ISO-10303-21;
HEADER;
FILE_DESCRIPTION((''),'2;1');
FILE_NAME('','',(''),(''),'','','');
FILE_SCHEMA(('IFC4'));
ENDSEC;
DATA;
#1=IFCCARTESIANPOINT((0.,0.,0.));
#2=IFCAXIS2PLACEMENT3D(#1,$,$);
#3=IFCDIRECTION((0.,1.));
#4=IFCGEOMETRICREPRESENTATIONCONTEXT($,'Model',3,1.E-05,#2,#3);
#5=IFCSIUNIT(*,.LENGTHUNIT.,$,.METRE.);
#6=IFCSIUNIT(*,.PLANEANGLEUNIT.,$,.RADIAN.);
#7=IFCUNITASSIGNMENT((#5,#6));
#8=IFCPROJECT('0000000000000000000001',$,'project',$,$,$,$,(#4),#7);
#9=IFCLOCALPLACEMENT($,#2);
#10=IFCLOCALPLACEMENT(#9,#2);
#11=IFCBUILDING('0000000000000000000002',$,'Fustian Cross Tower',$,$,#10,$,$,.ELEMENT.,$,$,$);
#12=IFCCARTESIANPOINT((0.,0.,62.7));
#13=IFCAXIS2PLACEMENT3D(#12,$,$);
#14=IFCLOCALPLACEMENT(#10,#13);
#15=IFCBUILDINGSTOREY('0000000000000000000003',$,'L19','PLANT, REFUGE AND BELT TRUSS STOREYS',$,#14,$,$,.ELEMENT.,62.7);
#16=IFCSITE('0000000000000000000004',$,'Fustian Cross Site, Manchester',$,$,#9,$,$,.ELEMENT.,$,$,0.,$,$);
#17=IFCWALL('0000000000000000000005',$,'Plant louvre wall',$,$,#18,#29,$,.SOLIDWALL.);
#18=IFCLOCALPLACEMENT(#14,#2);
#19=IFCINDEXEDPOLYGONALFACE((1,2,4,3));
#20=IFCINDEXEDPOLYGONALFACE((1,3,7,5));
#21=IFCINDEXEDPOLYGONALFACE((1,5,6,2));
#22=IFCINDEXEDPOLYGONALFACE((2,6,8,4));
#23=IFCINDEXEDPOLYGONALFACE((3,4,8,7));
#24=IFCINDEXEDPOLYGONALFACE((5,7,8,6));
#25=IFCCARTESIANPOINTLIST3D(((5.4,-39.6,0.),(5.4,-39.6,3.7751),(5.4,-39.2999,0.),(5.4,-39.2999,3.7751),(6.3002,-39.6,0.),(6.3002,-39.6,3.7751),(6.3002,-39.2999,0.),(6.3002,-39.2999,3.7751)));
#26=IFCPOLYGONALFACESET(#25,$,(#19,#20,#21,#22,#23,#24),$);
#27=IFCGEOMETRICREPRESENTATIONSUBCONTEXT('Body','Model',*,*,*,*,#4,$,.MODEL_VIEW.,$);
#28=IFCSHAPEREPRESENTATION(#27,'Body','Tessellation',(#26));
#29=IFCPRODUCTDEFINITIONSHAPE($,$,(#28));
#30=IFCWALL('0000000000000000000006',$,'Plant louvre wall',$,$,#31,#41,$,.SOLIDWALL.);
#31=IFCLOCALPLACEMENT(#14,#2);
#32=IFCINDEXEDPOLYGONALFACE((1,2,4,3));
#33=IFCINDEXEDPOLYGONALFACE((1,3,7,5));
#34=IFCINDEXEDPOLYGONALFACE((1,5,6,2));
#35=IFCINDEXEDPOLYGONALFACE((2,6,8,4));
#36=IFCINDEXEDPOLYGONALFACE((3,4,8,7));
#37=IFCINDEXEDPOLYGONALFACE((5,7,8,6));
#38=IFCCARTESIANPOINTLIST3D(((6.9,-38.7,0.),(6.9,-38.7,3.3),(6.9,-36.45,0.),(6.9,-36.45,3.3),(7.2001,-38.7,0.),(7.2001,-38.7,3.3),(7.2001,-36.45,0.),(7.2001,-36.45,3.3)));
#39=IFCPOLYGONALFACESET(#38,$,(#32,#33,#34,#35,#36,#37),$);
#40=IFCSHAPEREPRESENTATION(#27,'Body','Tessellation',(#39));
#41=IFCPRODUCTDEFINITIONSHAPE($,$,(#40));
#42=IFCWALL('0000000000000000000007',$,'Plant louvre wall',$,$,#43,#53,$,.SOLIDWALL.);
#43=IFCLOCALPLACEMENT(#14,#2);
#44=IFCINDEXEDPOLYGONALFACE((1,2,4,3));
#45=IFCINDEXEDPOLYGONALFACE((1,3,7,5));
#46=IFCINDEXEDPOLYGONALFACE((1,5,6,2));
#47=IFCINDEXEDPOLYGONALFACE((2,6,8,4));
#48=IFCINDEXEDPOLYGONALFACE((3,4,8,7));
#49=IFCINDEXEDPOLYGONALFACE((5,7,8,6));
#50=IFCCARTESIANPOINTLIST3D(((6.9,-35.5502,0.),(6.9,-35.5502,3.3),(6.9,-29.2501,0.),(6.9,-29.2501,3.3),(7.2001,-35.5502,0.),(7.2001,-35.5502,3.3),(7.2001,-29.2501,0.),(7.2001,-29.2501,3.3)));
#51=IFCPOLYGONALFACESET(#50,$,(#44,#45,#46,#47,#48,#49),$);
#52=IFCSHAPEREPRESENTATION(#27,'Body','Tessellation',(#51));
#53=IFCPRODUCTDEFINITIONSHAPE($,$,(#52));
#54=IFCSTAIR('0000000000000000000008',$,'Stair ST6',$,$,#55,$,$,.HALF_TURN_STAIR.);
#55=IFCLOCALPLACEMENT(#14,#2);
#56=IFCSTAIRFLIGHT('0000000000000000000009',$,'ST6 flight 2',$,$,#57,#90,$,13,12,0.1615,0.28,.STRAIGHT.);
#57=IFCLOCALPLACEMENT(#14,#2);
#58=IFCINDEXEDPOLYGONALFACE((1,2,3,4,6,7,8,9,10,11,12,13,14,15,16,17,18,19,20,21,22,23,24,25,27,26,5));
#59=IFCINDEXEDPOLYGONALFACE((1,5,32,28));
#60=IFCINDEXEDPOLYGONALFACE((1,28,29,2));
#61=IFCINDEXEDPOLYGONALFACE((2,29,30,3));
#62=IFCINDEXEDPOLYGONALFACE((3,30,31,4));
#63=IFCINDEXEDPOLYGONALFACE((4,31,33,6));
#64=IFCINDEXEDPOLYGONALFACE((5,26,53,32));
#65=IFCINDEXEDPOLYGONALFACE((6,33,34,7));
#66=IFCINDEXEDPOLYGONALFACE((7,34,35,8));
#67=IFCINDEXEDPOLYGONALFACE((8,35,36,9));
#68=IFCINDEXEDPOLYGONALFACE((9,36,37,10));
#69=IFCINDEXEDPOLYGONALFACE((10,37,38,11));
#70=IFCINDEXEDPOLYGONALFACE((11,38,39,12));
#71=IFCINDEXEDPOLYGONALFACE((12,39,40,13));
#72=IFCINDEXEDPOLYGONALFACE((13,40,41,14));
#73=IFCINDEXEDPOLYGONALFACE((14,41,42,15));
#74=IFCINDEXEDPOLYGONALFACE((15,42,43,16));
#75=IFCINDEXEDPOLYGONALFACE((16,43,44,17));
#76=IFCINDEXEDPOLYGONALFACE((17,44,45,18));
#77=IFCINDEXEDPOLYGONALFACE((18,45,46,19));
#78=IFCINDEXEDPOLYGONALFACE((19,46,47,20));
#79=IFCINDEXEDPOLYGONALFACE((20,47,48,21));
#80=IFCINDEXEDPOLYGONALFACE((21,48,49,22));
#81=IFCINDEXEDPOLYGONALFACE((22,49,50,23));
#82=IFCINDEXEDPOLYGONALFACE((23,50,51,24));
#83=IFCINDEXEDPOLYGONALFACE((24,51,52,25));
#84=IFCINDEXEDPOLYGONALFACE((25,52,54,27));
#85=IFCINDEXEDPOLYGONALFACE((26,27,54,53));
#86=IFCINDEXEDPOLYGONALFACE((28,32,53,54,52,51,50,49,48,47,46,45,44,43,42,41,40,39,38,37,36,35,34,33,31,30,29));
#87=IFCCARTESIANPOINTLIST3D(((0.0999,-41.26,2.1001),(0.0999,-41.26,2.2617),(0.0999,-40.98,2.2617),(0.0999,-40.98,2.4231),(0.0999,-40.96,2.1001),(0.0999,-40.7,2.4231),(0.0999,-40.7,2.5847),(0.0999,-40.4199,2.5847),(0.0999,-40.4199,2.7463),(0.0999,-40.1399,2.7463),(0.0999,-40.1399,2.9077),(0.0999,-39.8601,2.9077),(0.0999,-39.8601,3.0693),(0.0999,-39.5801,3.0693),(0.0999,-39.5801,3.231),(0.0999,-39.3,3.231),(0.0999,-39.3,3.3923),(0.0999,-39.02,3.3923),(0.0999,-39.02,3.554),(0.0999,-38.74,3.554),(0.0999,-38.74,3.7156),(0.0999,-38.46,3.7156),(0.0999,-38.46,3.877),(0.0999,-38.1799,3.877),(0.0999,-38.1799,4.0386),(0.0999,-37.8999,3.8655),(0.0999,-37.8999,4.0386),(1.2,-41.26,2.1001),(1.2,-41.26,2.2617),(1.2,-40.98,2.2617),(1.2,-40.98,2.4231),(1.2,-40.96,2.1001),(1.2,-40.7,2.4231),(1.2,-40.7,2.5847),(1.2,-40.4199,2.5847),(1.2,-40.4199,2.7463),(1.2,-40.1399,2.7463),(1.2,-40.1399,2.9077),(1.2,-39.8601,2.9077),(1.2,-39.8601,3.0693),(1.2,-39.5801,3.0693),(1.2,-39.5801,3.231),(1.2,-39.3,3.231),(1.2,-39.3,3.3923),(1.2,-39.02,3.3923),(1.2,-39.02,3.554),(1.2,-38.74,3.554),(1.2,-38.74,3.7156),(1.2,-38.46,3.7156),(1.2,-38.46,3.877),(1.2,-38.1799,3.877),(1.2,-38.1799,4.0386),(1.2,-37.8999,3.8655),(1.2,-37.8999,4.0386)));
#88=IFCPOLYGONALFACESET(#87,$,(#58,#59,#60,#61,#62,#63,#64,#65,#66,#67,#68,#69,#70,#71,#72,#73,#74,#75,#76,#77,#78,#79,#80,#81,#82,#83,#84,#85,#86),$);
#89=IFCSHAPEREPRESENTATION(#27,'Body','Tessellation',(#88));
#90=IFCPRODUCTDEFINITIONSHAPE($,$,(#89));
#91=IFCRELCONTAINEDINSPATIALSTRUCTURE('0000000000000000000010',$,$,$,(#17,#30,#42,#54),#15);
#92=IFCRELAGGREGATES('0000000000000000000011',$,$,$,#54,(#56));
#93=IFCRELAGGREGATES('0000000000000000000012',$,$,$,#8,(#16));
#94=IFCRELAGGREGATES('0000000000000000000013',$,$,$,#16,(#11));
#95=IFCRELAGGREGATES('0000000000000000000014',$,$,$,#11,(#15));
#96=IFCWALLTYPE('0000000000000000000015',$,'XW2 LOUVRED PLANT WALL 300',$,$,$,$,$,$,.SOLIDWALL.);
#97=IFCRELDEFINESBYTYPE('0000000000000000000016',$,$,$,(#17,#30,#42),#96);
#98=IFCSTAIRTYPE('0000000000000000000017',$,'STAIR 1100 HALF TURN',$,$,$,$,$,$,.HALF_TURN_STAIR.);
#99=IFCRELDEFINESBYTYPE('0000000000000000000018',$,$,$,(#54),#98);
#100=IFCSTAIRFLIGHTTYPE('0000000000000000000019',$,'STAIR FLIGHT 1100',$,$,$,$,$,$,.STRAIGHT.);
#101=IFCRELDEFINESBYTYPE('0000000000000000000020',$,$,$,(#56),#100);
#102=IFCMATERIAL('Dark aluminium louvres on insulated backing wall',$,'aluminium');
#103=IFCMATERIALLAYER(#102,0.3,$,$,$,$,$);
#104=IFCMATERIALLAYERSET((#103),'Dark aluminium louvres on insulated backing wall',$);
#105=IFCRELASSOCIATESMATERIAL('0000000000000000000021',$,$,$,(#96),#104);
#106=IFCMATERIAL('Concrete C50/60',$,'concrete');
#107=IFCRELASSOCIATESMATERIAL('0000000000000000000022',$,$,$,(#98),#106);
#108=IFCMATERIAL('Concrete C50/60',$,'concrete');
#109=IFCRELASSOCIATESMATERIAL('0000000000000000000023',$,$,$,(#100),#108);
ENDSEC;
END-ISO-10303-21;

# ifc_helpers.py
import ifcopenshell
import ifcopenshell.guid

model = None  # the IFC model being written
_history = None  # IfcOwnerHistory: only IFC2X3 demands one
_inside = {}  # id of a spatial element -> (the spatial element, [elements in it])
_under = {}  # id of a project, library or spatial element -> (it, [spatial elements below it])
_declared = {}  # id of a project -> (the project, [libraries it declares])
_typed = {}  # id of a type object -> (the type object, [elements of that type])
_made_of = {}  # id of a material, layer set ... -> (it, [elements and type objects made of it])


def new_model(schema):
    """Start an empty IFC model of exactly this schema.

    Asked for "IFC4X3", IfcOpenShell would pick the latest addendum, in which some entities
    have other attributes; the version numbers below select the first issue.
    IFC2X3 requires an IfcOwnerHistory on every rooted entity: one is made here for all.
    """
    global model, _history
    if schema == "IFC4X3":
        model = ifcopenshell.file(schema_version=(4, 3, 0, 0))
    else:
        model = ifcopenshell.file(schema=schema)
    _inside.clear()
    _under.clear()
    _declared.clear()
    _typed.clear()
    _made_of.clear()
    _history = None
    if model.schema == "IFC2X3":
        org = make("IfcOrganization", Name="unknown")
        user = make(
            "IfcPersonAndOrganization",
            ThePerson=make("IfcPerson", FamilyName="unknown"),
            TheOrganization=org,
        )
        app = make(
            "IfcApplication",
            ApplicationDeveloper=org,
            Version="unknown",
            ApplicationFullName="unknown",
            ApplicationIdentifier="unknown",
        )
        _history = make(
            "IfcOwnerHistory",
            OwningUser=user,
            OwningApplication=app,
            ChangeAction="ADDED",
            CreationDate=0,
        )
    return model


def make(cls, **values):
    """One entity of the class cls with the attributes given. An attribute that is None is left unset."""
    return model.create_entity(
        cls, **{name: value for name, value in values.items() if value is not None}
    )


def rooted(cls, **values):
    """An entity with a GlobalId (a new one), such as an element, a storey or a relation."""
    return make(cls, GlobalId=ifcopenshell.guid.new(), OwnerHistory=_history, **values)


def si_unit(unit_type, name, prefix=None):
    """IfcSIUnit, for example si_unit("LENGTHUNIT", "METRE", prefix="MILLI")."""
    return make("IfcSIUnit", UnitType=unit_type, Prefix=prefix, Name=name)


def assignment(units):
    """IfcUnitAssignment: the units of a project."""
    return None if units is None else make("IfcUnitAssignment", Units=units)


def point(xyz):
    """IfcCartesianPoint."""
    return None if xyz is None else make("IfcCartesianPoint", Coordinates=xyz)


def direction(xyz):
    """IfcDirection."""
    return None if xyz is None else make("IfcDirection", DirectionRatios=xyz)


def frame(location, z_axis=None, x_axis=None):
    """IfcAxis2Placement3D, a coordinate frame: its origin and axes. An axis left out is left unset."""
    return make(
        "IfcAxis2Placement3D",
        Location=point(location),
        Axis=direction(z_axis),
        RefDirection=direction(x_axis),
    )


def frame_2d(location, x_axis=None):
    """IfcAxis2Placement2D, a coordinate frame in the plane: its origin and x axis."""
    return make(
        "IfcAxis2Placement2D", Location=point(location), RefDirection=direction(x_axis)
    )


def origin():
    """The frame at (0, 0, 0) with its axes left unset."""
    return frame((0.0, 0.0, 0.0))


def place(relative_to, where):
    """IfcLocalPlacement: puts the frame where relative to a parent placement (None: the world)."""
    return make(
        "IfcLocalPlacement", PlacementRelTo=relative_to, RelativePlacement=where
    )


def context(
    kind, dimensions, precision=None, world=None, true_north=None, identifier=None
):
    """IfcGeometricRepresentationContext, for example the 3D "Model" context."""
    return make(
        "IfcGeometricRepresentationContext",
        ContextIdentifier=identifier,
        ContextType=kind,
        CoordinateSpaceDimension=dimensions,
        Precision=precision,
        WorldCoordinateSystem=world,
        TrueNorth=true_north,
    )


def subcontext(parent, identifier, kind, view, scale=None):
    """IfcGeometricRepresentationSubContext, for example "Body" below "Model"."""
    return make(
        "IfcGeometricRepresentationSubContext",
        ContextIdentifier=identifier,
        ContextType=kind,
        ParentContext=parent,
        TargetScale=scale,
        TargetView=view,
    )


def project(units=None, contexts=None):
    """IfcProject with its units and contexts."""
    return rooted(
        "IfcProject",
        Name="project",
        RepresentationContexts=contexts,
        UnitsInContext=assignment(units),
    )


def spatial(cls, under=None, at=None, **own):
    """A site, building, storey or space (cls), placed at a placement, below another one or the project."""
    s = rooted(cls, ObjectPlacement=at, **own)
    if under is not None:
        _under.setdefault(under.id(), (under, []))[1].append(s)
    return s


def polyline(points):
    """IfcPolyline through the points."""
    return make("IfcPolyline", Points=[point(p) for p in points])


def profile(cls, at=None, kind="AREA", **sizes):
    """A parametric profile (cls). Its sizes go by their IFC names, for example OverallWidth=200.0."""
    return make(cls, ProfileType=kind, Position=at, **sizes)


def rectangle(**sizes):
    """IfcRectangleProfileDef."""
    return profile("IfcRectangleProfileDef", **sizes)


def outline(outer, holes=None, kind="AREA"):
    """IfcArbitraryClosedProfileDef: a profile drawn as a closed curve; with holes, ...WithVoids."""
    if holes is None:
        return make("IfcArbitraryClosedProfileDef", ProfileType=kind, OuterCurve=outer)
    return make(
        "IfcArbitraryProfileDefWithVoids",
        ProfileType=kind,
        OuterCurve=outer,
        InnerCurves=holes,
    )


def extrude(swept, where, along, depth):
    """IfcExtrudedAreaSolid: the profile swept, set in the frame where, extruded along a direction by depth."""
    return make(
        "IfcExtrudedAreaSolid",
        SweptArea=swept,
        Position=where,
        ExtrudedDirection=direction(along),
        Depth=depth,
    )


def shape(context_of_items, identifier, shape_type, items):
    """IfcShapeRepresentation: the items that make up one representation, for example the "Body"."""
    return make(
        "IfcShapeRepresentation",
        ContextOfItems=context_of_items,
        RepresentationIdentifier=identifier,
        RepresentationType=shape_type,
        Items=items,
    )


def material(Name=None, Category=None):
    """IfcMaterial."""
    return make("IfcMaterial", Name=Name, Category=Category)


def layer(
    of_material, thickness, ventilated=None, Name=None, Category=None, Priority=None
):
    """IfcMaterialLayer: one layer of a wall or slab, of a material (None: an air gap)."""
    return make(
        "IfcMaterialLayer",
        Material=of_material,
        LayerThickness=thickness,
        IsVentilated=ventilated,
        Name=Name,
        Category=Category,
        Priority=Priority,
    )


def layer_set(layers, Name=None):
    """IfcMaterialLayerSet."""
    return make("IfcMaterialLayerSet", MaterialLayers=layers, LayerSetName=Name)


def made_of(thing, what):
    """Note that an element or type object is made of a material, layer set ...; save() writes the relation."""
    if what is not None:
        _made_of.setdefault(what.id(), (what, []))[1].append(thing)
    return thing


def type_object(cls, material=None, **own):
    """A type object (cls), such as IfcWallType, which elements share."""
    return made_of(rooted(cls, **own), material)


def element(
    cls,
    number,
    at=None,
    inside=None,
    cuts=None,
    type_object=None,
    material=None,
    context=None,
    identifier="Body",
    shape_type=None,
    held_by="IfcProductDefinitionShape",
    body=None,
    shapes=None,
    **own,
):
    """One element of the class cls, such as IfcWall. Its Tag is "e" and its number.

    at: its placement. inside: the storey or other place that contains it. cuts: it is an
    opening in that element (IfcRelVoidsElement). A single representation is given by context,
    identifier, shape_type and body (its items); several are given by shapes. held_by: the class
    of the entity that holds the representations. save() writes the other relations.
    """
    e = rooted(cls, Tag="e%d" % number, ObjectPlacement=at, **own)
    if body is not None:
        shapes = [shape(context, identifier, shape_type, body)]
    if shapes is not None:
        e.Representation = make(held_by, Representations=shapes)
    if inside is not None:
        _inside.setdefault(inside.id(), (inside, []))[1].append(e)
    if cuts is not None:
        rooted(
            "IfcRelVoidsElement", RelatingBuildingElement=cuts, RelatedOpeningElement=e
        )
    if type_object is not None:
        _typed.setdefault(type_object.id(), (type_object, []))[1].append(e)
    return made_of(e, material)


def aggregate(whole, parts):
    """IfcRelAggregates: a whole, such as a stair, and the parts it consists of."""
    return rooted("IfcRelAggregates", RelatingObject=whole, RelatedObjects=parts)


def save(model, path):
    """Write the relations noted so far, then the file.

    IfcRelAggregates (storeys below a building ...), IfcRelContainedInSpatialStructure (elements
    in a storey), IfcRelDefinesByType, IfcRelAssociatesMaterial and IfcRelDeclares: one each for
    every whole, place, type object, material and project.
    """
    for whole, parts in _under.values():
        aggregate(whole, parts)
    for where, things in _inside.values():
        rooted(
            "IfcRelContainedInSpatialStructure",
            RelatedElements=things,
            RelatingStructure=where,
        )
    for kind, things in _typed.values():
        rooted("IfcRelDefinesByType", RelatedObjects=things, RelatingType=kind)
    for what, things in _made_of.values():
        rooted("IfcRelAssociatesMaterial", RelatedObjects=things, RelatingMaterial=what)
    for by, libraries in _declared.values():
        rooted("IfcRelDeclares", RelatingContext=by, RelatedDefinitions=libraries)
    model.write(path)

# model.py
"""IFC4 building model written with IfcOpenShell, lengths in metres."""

from ifc_helpers import new_model, si_unit, direction, frame, frame_2d, origin, place, context, subcontext, project, spatial, polyline, rectangle, outline, extrude, material, layer, layer_set, type_object, element, aggregate, save


model = new_model("IFC4")

# Units and contexts
model_context = context("Model", 3, precision=1e-05, world=origin(), true_north=direction((0.0, 1.0)))
body_context = subcontext(model_context, "Body", "Model", "MODEL_VIEW")
ifc_project = project(units=[si_unit("LENGTHUNIT", "METRE"), si_unit("PLANEANGLEUNIT", "RADIAN")], contexts=[model_context])

# Site, building, storey
site_placement = place(None, origin())
site = spatial("IfcSite", under=ifc_project, at=site_placement, Name="Fustian Cross Site, Manchester", CompositionType="ELEMENT", RefElevation=0.0)
building_placement = place(site_placement, origin())
building = spatial("IfcBuilding", under=site, at=building_placement, Name="Fustian Cross Tower", CompositionType="ELEMENT")
storey_placement = place(building_placement, frame((0.0, 0.0, 62.7)))
storey = spatial("IfcBuildingStorey", under=building, at=storey_placement, Name="L19", Description="PLANT, REFUGE AND BELT TRUSS STOREYS", CompositionType="ELEMENT", Elevation=62.7)

# Walls
ifc_material_1 = material(Name="Dark aluminium louvres on insulated backing wall", Category="aluminium")
ifc_layer_1 = layer(ifc_material_1, 0.3)
ifc_layer_set_1 = layer_set([ifc_layer_1], Name="Dark aluminium louvres on insulated backing wall")
wall_type_1 = type_object("IfcWallType", Name="XW2 LOUVRED PLANT WALL 300", PredefinedType="SOLIDWALL", material=ifc_layer_set_1)
wall_1_placement = place(storey_placement, frame((5.3999, -39.45, 0.0), z_axis=(0.0, 0.0, 1.0), x_axis=(1.0, 0.0, 0.0)))
element("IfcWall", 1, at=wall_1_placement, inside=storey, type_object=wall_type_1, Name="Plant louvre wall", PredefinedType="SOLIDWALL", context=body_context, shape_type="SweptSolid", body=[
    extrude(rectangle(XDim=0.9001, YDim=0.3, at=frame_2d((0.4502, 0.0))), origin(), (0.0, 0.0, 1.0), 3.7751),
])
wall_2_placement = place(storey_placement, frame((7.05, -38.7, 0.0), z_axis=(0.0, 0.0, 1.0), x_axis=(0.0, 1.0, 0.0)))
element("IfcWall", 2, at=wall_2_placement, inside=storey, type_object=wall_type_1, Name="Plant louvre wall", PredefinedType="SOLIDWALL", context=body_context, shape_type="SweptSolid", body=[
    extrude(rectangle(XDim=2.25, YDim=0.3, at=frame_2d((1.125, 0.0))), origin(), (0.0, 0.0, 1.0), 3.3),
])
wall_3_placement = place(storey_placement, frame((7.05, -35.55, 0.0), z_axis=(0.0, 0.0, 1.0), x_axis=(0.0, 1.0, 0.0)))
element("IfcWall", 3, at=wall_3_placement, inside=storey, type_object=wall_type_1, Name="Plant louvre wall", PredefinedType="SOLIDWALL", context=body_context, shape_type="SweptSolid", body=[
    extrude(rectangle(XDim=6.3, YDim=0.3, at=frame_2d((3.1499, 0.0))), origin(), (0.0, 0.0, 1.0), 3.3),
])

# Stair, stair flight
ifc_material_2 = material(Name="Concrete C50/60", Category="concrete")
stair_type = type_object("IfcStairType", Name="STAIR 1100 HALF TURN", PredefinedType="HALF_TURN_STAIR", material=ifc_material_2)
stair_placement = place(storey_placement, origin())
stair = element("IfcStair", 4, at=stair_placement, inside=storey, type_object=stair_type, Name="Stair ST6", PredefinedType="HALF_TURN_STAIR")
ifc_material_3 = material(Name="Concrete C50/60", Category="concrete")
stair_flight_type = type_object("IfcStairFlightType", Name="STAIR FLIGHT 1100", PredefinedType="STRAIGHT", material=ifc_material_3)
stair_flight_placement = place(storey_placement, frame((0.6499, -41.26, 2.1001), z_axis=(0.0, 0.0, 1.0), x_axis=(0.0, 1.0, 0.0)))
stair_flight = element("IfcStairFlight", 5, at=stair_flight_placement, type_object=stair_flight_type, Name="ST6 flight 2", NumberOfRisers=13, NumberOfTreads=12, PredefinedType="STRAIGHT", RiserHeight=0.1615, TreadLength=0.28, context=body_context, shape_type="SweptSolid", body=[
    extrude(outline(polyline([(0.0, 0.0), (0.0, 0.1616), (0.28, 0.1616), (0.28, 0.323), (0.5601, 0.323), (0.5601, 0.4846), (0.8401, 0.4846), (0.8401, 0.6462), (1.1201, 0.6462), (1.1201, 0.8076), (1.3999, 0.8076), (1.3999, 0.9692), (1.6799, 0.9692), (1.6799, 1.1309), (1.96, 1.1309), (1.96, 1.2922), (2.24, 1.2922), (2.24, 1.4539), (2.52, 1.4539), (2.52, 1.6155), (2.8, 1.6155), (2.8, 1.7769), (3.0801, 1.7769), (3.0801, 1.9385), (3.3601, 1.9385), (3.3601, 2.1001), (3.3601, 1.7654), (0.3, 0.0), (0.0, 0.0)])), frame((0.0, 0.55, 0.0), z_axis=(0.0, -1.0, 0.0), x_axis=(1.0, 0.0, 0.0)), (0.0, 0.0, 1.0), 1.1001),
])
aggregate(stair, [stair_flight])

save(model, "model.ifc")
